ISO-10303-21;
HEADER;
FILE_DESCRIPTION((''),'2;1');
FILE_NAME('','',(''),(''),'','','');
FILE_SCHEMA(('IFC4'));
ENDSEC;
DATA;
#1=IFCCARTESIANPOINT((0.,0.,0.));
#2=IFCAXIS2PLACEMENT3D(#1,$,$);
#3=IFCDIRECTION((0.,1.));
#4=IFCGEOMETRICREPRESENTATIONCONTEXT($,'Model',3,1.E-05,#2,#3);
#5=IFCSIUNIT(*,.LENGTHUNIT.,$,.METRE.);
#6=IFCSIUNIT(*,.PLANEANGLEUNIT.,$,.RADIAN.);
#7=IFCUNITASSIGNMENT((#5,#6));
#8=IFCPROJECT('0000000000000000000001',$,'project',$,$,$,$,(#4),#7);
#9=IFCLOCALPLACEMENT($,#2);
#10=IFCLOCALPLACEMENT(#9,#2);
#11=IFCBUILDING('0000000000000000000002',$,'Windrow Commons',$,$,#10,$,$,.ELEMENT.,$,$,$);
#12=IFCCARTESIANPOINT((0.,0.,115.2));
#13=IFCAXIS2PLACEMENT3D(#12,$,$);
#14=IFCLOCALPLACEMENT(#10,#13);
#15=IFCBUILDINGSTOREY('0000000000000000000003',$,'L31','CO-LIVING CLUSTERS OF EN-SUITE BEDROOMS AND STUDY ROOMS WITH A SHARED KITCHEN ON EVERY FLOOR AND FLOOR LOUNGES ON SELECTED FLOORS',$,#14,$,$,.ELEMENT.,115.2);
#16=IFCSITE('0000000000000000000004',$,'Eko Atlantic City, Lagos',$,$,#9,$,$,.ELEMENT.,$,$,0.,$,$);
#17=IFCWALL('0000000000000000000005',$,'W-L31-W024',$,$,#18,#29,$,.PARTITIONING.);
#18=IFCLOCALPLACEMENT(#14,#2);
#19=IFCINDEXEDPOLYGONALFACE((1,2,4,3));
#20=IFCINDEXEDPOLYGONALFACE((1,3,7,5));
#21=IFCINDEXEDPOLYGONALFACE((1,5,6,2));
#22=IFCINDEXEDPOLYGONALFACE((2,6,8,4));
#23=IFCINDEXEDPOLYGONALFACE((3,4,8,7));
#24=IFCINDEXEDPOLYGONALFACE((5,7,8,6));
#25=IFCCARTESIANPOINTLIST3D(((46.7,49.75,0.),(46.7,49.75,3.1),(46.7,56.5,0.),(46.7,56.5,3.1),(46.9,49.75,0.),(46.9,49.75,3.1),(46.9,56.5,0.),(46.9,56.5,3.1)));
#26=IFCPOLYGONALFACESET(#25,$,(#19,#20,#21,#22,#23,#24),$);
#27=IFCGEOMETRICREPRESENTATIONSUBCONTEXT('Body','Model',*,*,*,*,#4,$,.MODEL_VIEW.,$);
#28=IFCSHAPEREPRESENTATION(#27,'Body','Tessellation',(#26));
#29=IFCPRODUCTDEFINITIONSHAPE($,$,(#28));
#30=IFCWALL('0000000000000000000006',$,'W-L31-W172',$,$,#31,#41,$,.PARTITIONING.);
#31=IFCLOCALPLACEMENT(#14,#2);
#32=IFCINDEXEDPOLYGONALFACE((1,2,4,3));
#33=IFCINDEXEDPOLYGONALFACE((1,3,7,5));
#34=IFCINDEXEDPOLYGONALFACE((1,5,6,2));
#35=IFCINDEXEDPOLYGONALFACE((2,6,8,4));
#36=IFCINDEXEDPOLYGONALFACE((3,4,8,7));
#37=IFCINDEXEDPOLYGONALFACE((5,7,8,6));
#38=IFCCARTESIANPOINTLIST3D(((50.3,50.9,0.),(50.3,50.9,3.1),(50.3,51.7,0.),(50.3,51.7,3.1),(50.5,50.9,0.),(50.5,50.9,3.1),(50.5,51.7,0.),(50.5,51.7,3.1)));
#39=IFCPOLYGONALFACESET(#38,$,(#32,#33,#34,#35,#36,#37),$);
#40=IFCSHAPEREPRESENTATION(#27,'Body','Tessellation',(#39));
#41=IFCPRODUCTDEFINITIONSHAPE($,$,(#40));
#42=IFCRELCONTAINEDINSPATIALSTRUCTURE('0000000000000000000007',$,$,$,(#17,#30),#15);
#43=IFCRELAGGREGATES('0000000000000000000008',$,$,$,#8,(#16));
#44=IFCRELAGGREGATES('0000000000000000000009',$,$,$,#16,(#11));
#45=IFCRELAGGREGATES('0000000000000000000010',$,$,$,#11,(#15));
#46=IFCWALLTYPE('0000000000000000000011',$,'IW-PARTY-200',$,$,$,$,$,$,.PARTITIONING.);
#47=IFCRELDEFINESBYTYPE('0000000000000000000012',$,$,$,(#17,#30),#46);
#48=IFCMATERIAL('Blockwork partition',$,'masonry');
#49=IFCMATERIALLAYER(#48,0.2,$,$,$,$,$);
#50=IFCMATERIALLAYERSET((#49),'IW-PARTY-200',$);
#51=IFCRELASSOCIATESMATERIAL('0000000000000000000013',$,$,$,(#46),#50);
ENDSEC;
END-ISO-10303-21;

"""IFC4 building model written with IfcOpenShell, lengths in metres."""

from ifc_helpers import new_model, si_unit, direction, frame, frame_2d, origin, place, context, subcontext, project, spatial, rectangle, extrude, material, layer, layer_set, type_object, element, save


model = new_model("IFC4")

# Units and contexts
model_context = context("Model", 3, precision=1e-05, world=origin(), true_north=direction((0.0, 1.0)))
body_context = subcontext(model_context, "Body", "Model", "MODEL_VIEW")
ifc_project = project(units=[si_unit("LENGTHUNIT", "METRE"), si_unit("PLANEANGLEUNIT", "RADIAN")], contexts=[model_context])

# Site, building, storey
site_placement = place(None, origin())
site = spatial("IfcSite", under=ifc_project, at=site_placement, Name="Eko Atlantic City, Lagos", CompositionType="ELEMENT", RefElevation=0.0)
building_placement = place(site_placement, origin())
building = spatial("IfcBuilding", under=site, at=building_placement, Name="Windrow Commons", CompositionType="ELEMENT")
storey_placement = place(building_placement, frame((0.0, 0.0, 115.2)))
storey = spatial("IfcBuildingStorey", under=building, at=storey_placement, Name="L31", Description="CO-LIVING CLUSTERS OF EN-SUITE BEDROOMS AND STUDY ROOMS WITH A SHARED KITCHEN ON EVERY FLOOR AND FLOOR LOUNGES ON SELECTED FLOORS", CompositionType="ELEMENT", Elevation=115.2)

# Walls
ifc_material_1 = material(Name="Blockwork partition", Category="masonry")
ifc_layer_1 = layer(ifc_material_1, 0.2)
ifc_layer_set_1 = layer_set([ifc_layer_1], Name="IW-PARTY-200")
wall_type_1 = type_object("IfcWallType", Name="IW-PARTY-200", PredefinedType="PARTITIONING", material=ifc_layer_set_1)
wall_1_placement = place(storey_placement, frame((46.8, 49.75, 0.0), z_axis=(0.0, 0.0, 1.0), x_axis=(0.0, 1.0, 0.0)))
element("IfcWall", 1, at=wall_1_placement, inside=storey, type_object=wall_type_1, Name="W-L31-W024", PredefinedType="PARTITIONING", context=body_context, shape_type="SweptSolid", body=[
    extrude(rectangle(XDim=6.75, YDim=0.2, at=frame_2d((3.375, 0.0))), origin(), (0.0, 0.0, 1.0), 3.1),
])
wall_2_placement = place(storey_placement, frame((50.4, 50.9, 0.0), z_axis=(0.0, 0.0, 1.0), x_axis=(0.0, 1.0, 0.0)))
element("IfcWall", 2, at=wall_2_placement, inside=storey, type_object=wall_type_1, Name="W-L31-W172", PredefinedType="PARTITIONING", context=body_context, shape_type="SweptSolid", body=[
    extrude(rectangle(XDim=0.8, YDim=0.2, at=frame_2d((0.4, 0.0))), origin(), (0.0, 0.0, 1.0), 3.1),
])

save(model, "model.ifc")
